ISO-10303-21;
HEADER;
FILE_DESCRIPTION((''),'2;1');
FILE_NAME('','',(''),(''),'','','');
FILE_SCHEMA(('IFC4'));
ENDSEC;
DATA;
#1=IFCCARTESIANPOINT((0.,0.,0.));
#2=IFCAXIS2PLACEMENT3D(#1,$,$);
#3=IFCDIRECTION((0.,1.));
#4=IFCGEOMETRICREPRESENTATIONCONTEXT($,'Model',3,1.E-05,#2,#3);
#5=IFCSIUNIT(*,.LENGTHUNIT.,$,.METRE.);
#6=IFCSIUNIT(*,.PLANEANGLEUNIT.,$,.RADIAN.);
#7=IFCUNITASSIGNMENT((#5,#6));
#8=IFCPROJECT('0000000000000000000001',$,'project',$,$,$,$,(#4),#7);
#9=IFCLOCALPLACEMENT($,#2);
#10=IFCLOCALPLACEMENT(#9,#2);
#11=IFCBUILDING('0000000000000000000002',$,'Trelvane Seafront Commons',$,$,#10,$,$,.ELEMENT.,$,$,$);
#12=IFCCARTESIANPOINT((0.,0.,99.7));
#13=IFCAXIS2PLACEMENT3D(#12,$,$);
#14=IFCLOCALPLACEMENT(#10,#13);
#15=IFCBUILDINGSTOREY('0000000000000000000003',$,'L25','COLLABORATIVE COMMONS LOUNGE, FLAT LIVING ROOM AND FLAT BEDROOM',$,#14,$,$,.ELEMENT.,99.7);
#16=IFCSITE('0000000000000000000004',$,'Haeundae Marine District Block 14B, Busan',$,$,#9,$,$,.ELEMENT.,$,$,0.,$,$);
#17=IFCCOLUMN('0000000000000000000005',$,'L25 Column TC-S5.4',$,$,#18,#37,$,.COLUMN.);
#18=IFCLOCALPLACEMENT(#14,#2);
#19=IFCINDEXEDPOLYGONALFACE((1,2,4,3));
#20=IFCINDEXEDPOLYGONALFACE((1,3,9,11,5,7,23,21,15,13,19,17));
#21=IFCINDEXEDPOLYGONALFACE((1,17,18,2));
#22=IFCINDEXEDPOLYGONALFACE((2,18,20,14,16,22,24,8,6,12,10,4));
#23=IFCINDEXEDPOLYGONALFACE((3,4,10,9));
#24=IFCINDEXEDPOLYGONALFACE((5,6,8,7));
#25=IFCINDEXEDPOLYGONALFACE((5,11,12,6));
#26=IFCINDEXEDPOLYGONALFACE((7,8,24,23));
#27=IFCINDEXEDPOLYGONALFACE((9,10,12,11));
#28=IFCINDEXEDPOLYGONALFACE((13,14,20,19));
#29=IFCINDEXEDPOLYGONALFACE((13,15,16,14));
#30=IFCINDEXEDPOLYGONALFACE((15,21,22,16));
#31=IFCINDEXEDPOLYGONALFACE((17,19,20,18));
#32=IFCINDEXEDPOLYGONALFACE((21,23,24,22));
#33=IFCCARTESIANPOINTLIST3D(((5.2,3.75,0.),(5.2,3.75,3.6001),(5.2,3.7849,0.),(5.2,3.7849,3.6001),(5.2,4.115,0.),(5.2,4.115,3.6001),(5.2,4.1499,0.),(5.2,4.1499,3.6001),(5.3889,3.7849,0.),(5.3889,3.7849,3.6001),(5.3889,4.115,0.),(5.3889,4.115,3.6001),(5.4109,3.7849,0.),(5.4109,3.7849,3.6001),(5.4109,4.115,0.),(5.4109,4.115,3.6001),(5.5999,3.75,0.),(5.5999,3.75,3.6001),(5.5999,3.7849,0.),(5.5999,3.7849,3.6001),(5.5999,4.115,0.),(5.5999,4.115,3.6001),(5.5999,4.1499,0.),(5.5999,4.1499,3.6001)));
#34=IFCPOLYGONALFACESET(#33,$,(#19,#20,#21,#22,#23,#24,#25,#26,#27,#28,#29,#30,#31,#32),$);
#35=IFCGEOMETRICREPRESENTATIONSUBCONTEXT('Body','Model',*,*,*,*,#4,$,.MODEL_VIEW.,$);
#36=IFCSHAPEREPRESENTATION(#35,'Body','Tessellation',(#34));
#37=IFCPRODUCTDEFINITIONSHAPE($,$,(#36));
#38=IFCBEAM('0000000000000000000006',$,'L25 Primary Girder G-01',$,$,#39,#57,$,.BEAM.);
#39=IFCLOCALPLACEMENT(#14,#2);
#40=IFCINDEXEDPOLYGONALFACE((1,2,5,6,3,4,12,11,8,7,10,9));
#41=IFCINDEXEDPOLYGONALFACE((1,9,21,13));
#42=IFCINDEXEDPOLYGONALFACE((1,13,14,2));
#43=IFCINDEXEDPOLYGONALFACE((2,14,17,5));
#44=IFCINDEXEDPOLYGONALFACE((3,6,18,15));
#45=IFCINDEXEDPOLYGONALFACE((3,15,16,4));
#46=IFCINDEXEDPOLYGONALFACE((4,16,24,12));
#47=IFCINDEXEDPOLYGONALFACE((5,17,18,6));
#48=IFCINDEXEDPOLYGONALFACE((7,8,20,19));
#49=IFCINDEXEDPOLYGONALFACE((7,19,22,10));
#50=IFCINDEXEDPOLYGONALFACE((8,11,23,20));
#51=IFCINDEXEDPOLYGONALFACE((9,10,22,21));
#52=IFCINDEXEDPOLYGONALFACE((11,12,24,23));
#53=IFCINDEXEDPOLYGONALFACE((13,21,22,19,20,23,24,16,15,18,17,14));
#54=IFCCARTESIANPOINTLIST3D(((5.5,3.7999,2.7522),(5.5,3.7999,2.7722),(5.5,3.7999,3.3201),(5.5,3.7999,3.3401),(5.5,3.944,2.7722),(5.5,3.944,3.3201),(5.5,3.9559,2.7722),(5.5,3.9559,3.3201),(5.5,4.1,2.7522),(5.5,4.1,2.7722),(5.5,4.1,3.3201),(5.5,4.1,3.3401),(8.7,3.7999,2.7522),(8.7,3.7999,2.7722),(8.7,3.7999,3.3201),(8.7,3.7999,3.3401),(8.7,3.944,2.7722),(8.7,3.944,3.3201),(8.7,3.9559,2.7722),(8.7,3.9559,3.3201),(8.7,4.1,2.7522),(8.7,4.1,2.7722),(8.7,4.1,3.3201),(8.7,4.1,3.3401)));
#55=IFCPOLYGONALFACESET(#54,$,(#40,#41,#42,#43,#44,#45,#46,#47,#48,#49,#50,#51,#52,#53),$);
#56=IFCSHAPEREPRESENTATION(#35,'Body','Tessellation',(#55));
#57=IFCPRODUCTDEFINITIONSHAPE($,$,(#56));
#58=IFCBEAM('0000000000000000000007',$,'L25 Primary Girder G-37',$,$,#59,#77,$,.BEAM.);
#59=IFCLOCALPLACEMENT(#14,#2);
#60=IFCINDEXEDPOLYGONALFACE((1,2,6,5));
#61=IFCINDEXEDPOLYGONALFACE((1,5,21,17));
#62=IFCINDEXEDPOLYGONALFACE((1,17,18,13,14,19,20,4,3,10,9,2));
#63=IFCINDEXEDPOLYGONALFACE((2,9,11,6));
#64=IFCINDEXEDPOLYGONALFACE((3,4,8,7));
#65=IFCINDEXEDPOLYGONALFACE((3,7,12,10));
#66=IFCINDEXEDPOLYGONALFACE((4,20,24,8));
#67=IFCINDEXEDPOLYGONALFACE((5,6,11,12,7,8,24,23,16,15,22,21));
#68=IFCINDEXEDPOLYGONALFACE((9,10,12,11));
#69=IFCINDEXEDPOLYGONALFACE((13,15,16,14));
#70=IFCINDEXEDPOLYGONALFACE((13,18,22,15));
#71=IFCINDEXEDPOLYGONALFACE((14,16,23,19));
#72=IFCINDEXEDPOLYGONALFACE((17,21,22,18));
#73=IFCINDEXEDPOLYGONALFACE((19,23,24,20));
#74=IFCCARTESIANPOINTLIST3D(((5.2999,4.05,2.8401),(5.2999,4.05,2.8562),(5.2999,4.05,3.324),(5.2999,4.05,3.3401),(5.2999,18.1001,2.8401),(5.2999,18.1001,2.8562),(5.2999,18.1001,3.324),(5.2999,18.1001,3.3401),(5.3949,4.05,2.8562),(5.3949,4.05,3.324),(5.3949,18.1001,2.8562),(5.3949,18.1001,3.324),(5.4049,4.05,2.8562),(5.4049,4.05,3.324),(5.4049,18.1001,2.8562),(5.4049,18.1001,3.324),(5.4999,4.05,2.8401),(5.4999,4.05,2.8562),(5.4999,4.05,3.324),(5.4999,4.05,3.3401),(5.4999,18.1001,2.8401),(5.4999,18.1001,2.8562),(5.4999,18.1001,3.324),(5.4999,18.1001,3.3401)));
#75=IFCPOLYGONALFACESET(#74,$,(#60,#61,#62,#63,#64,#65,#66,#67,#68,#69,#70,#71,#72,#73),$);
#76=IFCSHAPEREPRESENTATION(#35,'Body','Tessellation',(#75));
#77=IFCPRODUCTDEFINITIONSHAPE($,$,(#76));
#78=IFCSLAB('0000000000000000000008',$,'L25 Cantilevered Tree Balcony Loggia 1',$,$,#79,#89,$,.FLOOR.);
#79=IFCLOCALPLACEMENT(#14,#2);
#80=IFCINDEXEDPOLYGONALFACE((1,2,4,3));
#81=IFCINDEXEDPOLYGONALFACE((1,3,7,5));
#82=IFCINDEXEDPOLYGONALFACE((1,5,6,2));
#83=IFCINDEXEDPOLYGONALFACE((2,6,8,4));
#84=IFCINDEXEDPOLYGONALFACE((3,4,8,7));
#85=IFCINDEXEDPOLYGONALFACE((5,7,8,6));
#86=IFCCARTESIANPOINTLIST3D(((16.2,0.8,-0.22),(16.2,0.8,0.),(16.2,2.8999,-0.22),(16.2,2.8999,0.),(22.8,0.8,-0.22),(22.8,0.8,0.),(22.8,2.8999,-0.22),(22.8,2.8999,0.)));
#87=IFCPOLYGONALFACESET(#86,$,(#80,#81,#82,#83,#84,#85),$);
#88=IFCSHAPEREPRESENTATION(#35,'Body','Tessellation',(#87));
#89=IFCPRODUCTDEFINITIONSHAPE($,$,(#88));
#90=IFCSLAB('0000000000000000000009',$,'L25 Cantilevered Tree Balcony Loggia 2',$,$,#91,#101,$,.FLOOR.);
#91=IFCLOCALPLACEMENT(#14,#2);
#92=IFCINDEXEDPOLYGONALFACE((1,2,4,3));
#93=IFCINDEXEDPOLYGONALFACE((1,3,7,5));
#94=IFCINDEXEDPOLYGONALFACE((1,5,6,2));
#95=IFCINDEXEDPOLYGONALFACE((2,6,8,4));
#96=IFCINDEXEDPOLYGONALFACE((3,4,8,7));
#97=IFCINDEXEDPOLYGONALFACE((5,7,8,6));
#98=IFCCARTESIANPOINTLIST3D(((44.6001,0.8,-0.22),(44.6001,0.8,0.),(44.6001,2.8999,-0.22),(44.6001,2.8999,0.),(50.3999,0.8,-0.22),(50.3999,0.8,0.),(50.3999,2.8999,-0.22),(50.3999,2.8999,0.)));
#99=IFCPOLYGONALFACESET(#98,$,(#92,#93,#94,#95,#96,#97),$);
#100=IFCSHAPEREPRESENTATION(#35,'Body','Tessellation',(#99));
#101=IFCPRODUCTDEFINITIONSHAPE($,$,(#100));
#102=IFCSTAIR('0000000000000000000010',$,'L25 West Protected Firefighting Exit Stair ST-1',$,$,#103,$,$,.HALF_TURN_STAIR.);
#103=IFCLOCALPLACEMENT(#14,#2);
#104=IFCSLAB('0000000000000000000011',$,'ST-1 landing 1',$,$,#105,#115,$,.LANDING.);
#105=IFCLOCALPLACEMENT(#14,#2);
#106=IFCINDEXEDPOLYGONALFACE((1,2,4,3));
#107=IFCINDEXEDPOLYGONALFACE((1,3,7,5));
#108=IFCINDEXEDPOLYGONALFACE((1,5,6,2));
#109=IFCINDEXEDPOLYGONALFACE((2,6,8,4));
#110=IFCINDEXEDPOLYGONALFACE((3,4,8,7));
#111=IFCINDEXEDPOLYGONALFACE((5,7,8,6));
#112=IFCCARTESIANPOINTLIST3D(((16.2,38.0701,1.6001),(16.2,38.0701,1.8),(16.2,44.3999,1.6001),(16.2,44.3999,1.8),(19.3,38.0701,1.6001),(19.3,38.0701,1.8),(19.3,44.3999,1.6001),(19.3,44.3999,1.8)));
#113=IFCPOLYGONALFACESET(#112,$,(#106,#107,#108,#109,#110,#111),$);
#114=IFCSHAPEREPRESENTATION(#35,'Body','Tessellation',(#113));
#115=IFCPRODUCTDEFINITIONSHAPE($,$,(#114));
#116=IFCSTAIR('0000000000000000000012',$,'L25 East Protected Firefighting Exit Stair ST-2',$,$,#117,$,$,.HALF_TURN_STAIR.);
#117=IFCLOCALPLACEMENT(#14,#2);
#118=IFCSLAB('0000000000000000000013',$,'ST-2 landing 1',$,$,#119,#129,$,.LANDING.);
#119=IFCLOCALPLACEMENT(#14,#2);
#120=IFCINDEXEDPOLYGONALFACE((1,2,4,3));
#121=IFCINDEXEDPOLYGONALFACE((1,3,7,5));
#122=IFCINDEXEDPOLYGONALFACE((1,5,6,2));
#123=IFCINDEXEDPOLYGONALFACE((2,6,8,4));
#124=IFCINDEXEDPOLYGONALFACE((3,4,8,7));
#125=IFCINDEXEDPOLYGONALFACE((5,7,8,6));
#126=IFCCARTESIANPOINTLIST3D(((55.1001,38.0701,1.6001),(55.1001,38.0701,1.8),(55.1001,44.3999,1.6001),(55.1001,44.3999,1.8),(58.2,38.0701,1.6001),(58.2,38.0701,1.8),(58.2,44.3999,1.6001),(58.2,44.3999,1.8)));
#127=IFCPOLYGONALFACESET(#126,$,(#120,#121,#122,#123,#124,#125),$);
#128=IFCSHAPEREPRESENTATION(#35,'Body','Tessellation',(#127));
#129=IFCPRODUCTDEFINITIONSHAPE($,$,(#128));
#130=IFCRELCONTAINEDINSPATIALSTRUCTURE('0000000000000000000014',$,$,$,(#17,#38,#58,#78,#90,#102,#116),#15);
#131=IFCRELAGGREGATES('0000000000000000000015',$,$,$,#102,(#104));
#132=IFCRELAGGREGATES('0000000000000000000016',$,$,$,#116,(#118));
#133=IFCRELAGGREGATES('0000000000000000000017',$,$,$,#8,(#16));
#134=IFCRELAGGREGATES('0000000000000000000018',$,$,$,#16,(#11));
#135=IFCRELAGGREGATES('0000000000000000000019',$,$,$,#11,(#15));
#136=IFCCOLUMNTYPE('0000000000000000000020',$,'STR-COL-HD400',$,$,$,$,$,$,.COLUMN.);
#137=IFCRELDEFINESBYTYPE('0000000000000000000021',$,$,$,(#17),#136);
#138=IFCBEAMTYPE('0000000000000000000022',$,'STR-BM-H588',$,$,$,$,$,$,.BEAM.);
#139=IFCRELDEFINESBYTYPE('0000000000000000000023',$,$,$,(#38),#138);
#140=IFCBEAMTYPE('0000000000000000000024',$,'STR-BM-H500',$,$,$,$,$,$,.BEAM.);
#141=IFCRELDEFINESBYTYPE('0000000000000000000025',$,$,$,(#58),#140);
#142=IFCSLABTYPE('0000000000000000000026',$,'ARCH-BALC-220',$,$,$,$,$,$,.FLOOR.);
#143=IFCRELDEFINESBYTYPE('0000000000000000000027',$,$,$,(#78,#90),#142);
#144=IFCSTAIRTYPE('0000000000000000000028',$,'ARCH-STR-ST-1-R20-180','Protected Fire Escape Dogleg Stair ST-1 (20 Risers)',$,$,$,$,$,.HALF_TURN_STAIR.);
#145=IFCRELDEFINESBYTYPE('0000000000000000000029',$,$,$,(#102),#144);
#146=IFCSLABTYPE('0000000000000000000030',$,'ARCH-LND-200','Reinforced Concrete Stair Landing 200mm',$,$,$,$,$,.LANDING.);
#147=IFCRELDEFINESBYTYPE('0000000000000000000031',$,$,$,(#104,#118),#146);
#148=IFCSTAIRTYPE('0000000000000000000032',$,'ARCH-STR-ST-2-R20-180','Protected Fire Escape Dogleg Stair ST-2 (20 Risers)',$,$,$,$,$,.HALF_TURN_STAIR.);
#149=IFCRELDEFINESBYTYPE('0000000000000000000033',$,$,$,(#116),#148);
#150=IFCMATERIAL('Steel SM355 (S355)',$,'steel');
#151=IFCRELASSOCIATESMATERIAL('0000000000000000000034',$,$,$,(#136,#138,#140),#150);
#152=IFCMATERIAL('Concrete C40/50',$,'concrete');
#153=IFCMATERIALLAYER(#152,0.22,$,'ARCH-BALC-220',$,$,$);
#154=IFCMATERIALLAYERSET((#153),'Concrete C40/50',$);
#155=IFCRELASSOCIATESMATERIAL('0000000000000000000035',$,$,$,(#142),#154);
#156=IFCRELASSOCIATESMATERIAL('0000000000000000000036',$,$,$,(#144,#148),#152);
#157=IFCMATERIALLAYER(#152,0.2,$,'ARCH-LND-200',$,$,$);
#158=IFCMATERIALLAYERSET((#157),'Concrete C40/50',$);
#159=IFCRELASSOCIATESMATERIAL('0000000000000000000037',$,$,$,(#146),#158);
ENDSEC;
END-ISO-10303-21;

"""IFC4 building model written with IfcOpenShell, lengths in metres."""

from ifc_helpers import new_model, si_unit, direction, frame, origin, origin_2d, place, context, subcontext, project, spatial, polyline, i_section, outline, extrude, source, transform, mapped, material, layer, layer_set, material_profile, profile_set, type_object, element, aggregate, save


model = new_model("IFC4")

# Units and contexts
model_context = context("Model", 3, precision=1e-05, world=origin(), true_north=direction((0.0, 1.0)))
body_context = subcontext(model_context, "Body", "Model", "MODEL_VIEW")
ifc_project = project(units=[si_unit("LENGTHUNIT", "METRE"), si_unit("PLANEANGLEUNIT", "RADIAN")], contexts=[model_context])

# Site, building, storey
site_placement = place(None, origin())
site = spatial("IfcSite", under=ifc_project, at=site_placement, Name="Haeundae Marine District Block 14B, Busan", CompositionType="ELEMENT", RefElevation=0.0)
building_placement = place(site_placement, origin())
building = spatial("IfcBuilding", under=site, at=building_placement, Name="Trelvane Seafront Commons", CompositionType="ELEMENT")
storey_placement = place(building_placement, frame((0.0, 0.0, 99.7)))
storey = spatial("IfcBuildingStorey", under=building, at=storey_placement, Name="L25", Description="COLLABORATIVE COMMONS LOUNGE, FLAT LIVING ROOM AND FLAT BEDROOM", CompositionType="ELEMENT", Elevation=99.7)

# Column
ifc_material_1 = material(Name="Steel SM355 (S355)", Category="steel")
ifc_material_profile_1 = material_profile(ifc_material_1, i_section(OverallWidth=0.3999, OverallDepth=0.3999, WebThickness=0.022, FlangeThickness=0.0349, at=origin_2d()), Name="HD-400x400x22x35")
ifc_profile_set_1 = profile_set([ifc_material_profile_1], Name="Steel SM355 (S355)")
column_type = type_object("IfcColumnType", Name="STR-COL-HD400", PredefinedType="COLUMN", material=ifc_profile_set_1)
shared_shape_1 = source(origin(), body_context, "Body", "SweptSolid", [
    extrude(i_section(OverallWidth=0.3999, OverallDepth=0.3999, WebThickness=0.022, FlangeThickness=0.0349, at=origin_2d()), origin(), (0.0, 0.0, 1.0), 3.6001),
])
column_placement = place(storey_placement, frame((5.3999, 3.95, 0.0), z_axis=(0.0, 0.0, 1.0), x_axis=(1.0, 0.0, 0.0)))
element("IfcColumn", 1, at=column_placement, inside=storey, type_object=column_type, Name="L25 Column TC-S5.4", PredefinedType="COLUMN", context=body_context, shape_type="MappedRepresentation", body=[
    mapped(shared_shape_1, transform((0.0, 0.0, 0.0), x_axis=(1.0, 0.0, 0.0), y_axis=(0.0, 1.0, 0.0), z_axis=(0.0, 0.0, 1.0), scale=1.0)),
])

# Beams
ifc_material_profile_2 = material_profile(ifc_material_1, i_section(OverallWidth=0.3, OverallDepth=0.5879, WebThickness=0.012, FlangeThickness=0.02, at=origin_2d()), Name="H-588x300x12x20")
ifc_profile_set_2 = profile_set([ifc_material_profile_2], Name="Steel SM355 (S355)")
beam_type_1 = type_object("IfcBeamType", Name="STR-BM-H588", PredefinedType="BEAM", material=ifc_profile_set_2)
shared_shape_2 = source(origin(), body_context, "Body", "SweptSolid", [
    extrude(i_section(OverallWidth=0.3, OverallDepth=0.5879, WebThickness=0.012, FlangeThickness=0.02, at=origin_2d()), origin(), (0.0, 0.0, 1.0), 3.2),
])
beam_1_placement = place(storey_placement, frame((5.5, 3.95, 3.0461), z_axis=(1.0, 0.0, 0.0), x_axis=(0.0, 1.0, 0.0)))
element("IfcBeam", 2, at=beam_1_placement, inside=storey, type_object=beam_type_1, Name="L25 Primary Girder G-01", PredefinedType="BEAM", context=body_context, shape_type="MappedRepresentation", body=[
    mapped(shared_shape_2, transform((0.0, 0.0, 0.0), x_axis=(1.0, 0.0, 0.0), y_axis=(0.0, 1.0, 0.0), z_axis=(0.0, 0.0, 1.0), scale=1.0)),
])
ifc_material_profile_3 = material_profile(ifc_material_1, i_section(OverallWidth=0.2, OverallDepth=0.5, WebThickness=0.01, FlangeThickness=0.0161, at=origin_2d()), Name="H-500x200x10x16")
ifc_profile_set_3 = profile_set([ifc_material_profile_3], Name="Steel SM355 (S355)")
beam_type_2 = type_object("IfcBeamType", Name="STR-BM-H500", PredefinedType="BEAM", material=ifc_profile_set_3)
shared_shape_3 = source(origin(), body_context, "Body", "SweptSolid", [
    extrude(i_section(OverallWidth=0.2, OverallDepth=0.5, WebThickness=0.01, FlangeThickness=0.0161, at=origin_2d()), origin(), (0.0, 0.0, 1.0), 14.05),
])
beam_2_placement = place(storey_placement, frame((5.3999, 4.05, 3.0901), z_axis=(0.0, 1.0, 0.0), x_axis=(-1.0, 0.0, 0.0)))
element("IfcBeam", 3, at=beam_2_placement, inside=storey, type_object=beam_type_2, Name="L25 Primary Girder G-37", PredefinedType="BEAM", context=body_context, shape_type="MappedRepresentation", body=[
    mapped(shared_shape_3, transform((0.0, 0.0, 0.0), x_axis=(1.0, 0.0, 0.0), y_axis=(0.0, 1.0, 0.0), z_axis=(0.0, 0.0, 1.0), scale=1.0)),
])

# Slabs
ifc_material_2 = material(Name="Concrete C40/50", Category="concrete")
ifc_layer_1 = layer(ifc_material_2, 0.22, Name="ARCH-BALC-220")
ifc_layer_set_1 = layer_set([ifc_layer_1], Name="Concrete C40/50")
slab_type_1 = type_object("IfcSlabType", Name="ARCH-BALC-220", PredefinedType="FLOOR", material=ifc_layer_set_1)
slab_1_placement = place(storey_placement, frame((0.0, 0.0, -0.22)))
element("IfcSlab", 4, at=slab_1_placement, inside=storey, type_object=slab_type_1, Name="L25 Cantilevered Tree Balcony Loggia 1", PredefinedType="FLOOR", context=body_context, shape_type="SweptSolid", body=[
    extrude(outline(polyline([(16.2, 0.8), (22.8, 0.8), (22.8, 2.8999), (16.2, 2.8999), (16.2, 0.8)])), origin(), (0.0, 0.0, 1.0), 0.22),
])
slab_2_placement = place(storey_placement, frame((0.0, 0.0, -0.22)))
element("IfcSlab", 5, at=slab_2_placement, inside=storey, type_object=slab_type_1, Name="L25 Cantilevered Tree Balcony Loggia 2", PredefinedType="FLOOR", context=body_context, shape_type="SweptSolid", body=[
    extrude(outline(polyline([(44.6001, 0.8), (50.3999, 0.8), (50.3999, 2.8999), (44.6001, 2.8999), (44.6001, 0.8)])), origin(), (0.0, 0.0, 1.0), 0.22),
])

# Stairs, slabs
stair_type_1 = type_object("IfcStairType", Name="ARCH-STR-ST-1-R20-180", Description="Protected Fire Escape Dogleg Stair ST-1 (20 Risers)", PredefinedType="HALF_TURN_STAIR", material=ifc_material_2)
stair_1_placement = place(storey_placement, origin())
stair_1 = element("IfcStair", 6, at=stair_1_placement, inside=storey, type_object=stair_type_1, Name="L25 West Protected Firefighting Exit Stair ST-1", PredefinedType="HALF_TURN_STAIR")
ifc_layer_2 = layer(ifc_material_2, 0.2, Name="ARCH-LND-200")
ifc_layer_set_2 = layer_set([ifc_layer_2], Name="Concrete C40/50")
slab_type_2 = type_object("IfcSlabType", Name="ARCH-LND-200", Description="Reinforced Concrete Stair Landing 200mm", PredefinedType="LANDING", material=ifc_layer_set_2)
slab_3_placement = place(storey_placement, frame((0.0, 0.0, 1.6001)))
slab_3 = element("IfcSlab", 7, at=slab_3_placement, type_object=slab_type_2, Name="ST-1 landing 1", PredefinedType="LANDING", context=body_context, shape_type="SweptSolid", body=[
    extrude(outline(polyline([(19.3, 38.0701), (19.3, 44.3999), (16.2, 44.3999), (16.2, 38.0701), (19.3, 38.0701)])), origin(), (0.0, 0.0, 1.0), 0.2),
])
aggregate(stair_1, [slab_3])
stair_type_2 = type_object("IfcStairType", Name="ARCH-STR-ST-2-R20-180", Description="Protected Fire Escape Dogleg Stair ST-2 (20 Risers)", PredefinedType="HALF_TURN_STAIR", material=ifc_material_2)
stair_2_placement = place(storey_placement, origin())
stair_2 = element("IfcStair", 8, at=stair_2_placement, inside=storey, type_object=stair_type_2, Name="L25 East Protected Firefighting Exit Stair ST-2", PredefinedType="HALF_TURN_STAIR")
slab_4_placement = place(storey_placement, frame((0.0, 0.0, 1.6001)))
slab_4 = element("IfcSlab", 9, at=slab_4_placement, type_object=slab_type_2, Name="ST-2 landing 1", PredefinedType="LANDING", context=body_context, shape_type="SweptSolid", body=[
    extrude(outline(polyline([(58.2, 38.0701), (58.2, 44.3999), (55.1001, 44.3999), (55.1001, 38.0701), (58.2, 38.0701)])), origin(), (0.0, 0.0, 1.0), 0.2),
])
aggregate(stair_2, [slab_4])

save(model, "model.ifc")
